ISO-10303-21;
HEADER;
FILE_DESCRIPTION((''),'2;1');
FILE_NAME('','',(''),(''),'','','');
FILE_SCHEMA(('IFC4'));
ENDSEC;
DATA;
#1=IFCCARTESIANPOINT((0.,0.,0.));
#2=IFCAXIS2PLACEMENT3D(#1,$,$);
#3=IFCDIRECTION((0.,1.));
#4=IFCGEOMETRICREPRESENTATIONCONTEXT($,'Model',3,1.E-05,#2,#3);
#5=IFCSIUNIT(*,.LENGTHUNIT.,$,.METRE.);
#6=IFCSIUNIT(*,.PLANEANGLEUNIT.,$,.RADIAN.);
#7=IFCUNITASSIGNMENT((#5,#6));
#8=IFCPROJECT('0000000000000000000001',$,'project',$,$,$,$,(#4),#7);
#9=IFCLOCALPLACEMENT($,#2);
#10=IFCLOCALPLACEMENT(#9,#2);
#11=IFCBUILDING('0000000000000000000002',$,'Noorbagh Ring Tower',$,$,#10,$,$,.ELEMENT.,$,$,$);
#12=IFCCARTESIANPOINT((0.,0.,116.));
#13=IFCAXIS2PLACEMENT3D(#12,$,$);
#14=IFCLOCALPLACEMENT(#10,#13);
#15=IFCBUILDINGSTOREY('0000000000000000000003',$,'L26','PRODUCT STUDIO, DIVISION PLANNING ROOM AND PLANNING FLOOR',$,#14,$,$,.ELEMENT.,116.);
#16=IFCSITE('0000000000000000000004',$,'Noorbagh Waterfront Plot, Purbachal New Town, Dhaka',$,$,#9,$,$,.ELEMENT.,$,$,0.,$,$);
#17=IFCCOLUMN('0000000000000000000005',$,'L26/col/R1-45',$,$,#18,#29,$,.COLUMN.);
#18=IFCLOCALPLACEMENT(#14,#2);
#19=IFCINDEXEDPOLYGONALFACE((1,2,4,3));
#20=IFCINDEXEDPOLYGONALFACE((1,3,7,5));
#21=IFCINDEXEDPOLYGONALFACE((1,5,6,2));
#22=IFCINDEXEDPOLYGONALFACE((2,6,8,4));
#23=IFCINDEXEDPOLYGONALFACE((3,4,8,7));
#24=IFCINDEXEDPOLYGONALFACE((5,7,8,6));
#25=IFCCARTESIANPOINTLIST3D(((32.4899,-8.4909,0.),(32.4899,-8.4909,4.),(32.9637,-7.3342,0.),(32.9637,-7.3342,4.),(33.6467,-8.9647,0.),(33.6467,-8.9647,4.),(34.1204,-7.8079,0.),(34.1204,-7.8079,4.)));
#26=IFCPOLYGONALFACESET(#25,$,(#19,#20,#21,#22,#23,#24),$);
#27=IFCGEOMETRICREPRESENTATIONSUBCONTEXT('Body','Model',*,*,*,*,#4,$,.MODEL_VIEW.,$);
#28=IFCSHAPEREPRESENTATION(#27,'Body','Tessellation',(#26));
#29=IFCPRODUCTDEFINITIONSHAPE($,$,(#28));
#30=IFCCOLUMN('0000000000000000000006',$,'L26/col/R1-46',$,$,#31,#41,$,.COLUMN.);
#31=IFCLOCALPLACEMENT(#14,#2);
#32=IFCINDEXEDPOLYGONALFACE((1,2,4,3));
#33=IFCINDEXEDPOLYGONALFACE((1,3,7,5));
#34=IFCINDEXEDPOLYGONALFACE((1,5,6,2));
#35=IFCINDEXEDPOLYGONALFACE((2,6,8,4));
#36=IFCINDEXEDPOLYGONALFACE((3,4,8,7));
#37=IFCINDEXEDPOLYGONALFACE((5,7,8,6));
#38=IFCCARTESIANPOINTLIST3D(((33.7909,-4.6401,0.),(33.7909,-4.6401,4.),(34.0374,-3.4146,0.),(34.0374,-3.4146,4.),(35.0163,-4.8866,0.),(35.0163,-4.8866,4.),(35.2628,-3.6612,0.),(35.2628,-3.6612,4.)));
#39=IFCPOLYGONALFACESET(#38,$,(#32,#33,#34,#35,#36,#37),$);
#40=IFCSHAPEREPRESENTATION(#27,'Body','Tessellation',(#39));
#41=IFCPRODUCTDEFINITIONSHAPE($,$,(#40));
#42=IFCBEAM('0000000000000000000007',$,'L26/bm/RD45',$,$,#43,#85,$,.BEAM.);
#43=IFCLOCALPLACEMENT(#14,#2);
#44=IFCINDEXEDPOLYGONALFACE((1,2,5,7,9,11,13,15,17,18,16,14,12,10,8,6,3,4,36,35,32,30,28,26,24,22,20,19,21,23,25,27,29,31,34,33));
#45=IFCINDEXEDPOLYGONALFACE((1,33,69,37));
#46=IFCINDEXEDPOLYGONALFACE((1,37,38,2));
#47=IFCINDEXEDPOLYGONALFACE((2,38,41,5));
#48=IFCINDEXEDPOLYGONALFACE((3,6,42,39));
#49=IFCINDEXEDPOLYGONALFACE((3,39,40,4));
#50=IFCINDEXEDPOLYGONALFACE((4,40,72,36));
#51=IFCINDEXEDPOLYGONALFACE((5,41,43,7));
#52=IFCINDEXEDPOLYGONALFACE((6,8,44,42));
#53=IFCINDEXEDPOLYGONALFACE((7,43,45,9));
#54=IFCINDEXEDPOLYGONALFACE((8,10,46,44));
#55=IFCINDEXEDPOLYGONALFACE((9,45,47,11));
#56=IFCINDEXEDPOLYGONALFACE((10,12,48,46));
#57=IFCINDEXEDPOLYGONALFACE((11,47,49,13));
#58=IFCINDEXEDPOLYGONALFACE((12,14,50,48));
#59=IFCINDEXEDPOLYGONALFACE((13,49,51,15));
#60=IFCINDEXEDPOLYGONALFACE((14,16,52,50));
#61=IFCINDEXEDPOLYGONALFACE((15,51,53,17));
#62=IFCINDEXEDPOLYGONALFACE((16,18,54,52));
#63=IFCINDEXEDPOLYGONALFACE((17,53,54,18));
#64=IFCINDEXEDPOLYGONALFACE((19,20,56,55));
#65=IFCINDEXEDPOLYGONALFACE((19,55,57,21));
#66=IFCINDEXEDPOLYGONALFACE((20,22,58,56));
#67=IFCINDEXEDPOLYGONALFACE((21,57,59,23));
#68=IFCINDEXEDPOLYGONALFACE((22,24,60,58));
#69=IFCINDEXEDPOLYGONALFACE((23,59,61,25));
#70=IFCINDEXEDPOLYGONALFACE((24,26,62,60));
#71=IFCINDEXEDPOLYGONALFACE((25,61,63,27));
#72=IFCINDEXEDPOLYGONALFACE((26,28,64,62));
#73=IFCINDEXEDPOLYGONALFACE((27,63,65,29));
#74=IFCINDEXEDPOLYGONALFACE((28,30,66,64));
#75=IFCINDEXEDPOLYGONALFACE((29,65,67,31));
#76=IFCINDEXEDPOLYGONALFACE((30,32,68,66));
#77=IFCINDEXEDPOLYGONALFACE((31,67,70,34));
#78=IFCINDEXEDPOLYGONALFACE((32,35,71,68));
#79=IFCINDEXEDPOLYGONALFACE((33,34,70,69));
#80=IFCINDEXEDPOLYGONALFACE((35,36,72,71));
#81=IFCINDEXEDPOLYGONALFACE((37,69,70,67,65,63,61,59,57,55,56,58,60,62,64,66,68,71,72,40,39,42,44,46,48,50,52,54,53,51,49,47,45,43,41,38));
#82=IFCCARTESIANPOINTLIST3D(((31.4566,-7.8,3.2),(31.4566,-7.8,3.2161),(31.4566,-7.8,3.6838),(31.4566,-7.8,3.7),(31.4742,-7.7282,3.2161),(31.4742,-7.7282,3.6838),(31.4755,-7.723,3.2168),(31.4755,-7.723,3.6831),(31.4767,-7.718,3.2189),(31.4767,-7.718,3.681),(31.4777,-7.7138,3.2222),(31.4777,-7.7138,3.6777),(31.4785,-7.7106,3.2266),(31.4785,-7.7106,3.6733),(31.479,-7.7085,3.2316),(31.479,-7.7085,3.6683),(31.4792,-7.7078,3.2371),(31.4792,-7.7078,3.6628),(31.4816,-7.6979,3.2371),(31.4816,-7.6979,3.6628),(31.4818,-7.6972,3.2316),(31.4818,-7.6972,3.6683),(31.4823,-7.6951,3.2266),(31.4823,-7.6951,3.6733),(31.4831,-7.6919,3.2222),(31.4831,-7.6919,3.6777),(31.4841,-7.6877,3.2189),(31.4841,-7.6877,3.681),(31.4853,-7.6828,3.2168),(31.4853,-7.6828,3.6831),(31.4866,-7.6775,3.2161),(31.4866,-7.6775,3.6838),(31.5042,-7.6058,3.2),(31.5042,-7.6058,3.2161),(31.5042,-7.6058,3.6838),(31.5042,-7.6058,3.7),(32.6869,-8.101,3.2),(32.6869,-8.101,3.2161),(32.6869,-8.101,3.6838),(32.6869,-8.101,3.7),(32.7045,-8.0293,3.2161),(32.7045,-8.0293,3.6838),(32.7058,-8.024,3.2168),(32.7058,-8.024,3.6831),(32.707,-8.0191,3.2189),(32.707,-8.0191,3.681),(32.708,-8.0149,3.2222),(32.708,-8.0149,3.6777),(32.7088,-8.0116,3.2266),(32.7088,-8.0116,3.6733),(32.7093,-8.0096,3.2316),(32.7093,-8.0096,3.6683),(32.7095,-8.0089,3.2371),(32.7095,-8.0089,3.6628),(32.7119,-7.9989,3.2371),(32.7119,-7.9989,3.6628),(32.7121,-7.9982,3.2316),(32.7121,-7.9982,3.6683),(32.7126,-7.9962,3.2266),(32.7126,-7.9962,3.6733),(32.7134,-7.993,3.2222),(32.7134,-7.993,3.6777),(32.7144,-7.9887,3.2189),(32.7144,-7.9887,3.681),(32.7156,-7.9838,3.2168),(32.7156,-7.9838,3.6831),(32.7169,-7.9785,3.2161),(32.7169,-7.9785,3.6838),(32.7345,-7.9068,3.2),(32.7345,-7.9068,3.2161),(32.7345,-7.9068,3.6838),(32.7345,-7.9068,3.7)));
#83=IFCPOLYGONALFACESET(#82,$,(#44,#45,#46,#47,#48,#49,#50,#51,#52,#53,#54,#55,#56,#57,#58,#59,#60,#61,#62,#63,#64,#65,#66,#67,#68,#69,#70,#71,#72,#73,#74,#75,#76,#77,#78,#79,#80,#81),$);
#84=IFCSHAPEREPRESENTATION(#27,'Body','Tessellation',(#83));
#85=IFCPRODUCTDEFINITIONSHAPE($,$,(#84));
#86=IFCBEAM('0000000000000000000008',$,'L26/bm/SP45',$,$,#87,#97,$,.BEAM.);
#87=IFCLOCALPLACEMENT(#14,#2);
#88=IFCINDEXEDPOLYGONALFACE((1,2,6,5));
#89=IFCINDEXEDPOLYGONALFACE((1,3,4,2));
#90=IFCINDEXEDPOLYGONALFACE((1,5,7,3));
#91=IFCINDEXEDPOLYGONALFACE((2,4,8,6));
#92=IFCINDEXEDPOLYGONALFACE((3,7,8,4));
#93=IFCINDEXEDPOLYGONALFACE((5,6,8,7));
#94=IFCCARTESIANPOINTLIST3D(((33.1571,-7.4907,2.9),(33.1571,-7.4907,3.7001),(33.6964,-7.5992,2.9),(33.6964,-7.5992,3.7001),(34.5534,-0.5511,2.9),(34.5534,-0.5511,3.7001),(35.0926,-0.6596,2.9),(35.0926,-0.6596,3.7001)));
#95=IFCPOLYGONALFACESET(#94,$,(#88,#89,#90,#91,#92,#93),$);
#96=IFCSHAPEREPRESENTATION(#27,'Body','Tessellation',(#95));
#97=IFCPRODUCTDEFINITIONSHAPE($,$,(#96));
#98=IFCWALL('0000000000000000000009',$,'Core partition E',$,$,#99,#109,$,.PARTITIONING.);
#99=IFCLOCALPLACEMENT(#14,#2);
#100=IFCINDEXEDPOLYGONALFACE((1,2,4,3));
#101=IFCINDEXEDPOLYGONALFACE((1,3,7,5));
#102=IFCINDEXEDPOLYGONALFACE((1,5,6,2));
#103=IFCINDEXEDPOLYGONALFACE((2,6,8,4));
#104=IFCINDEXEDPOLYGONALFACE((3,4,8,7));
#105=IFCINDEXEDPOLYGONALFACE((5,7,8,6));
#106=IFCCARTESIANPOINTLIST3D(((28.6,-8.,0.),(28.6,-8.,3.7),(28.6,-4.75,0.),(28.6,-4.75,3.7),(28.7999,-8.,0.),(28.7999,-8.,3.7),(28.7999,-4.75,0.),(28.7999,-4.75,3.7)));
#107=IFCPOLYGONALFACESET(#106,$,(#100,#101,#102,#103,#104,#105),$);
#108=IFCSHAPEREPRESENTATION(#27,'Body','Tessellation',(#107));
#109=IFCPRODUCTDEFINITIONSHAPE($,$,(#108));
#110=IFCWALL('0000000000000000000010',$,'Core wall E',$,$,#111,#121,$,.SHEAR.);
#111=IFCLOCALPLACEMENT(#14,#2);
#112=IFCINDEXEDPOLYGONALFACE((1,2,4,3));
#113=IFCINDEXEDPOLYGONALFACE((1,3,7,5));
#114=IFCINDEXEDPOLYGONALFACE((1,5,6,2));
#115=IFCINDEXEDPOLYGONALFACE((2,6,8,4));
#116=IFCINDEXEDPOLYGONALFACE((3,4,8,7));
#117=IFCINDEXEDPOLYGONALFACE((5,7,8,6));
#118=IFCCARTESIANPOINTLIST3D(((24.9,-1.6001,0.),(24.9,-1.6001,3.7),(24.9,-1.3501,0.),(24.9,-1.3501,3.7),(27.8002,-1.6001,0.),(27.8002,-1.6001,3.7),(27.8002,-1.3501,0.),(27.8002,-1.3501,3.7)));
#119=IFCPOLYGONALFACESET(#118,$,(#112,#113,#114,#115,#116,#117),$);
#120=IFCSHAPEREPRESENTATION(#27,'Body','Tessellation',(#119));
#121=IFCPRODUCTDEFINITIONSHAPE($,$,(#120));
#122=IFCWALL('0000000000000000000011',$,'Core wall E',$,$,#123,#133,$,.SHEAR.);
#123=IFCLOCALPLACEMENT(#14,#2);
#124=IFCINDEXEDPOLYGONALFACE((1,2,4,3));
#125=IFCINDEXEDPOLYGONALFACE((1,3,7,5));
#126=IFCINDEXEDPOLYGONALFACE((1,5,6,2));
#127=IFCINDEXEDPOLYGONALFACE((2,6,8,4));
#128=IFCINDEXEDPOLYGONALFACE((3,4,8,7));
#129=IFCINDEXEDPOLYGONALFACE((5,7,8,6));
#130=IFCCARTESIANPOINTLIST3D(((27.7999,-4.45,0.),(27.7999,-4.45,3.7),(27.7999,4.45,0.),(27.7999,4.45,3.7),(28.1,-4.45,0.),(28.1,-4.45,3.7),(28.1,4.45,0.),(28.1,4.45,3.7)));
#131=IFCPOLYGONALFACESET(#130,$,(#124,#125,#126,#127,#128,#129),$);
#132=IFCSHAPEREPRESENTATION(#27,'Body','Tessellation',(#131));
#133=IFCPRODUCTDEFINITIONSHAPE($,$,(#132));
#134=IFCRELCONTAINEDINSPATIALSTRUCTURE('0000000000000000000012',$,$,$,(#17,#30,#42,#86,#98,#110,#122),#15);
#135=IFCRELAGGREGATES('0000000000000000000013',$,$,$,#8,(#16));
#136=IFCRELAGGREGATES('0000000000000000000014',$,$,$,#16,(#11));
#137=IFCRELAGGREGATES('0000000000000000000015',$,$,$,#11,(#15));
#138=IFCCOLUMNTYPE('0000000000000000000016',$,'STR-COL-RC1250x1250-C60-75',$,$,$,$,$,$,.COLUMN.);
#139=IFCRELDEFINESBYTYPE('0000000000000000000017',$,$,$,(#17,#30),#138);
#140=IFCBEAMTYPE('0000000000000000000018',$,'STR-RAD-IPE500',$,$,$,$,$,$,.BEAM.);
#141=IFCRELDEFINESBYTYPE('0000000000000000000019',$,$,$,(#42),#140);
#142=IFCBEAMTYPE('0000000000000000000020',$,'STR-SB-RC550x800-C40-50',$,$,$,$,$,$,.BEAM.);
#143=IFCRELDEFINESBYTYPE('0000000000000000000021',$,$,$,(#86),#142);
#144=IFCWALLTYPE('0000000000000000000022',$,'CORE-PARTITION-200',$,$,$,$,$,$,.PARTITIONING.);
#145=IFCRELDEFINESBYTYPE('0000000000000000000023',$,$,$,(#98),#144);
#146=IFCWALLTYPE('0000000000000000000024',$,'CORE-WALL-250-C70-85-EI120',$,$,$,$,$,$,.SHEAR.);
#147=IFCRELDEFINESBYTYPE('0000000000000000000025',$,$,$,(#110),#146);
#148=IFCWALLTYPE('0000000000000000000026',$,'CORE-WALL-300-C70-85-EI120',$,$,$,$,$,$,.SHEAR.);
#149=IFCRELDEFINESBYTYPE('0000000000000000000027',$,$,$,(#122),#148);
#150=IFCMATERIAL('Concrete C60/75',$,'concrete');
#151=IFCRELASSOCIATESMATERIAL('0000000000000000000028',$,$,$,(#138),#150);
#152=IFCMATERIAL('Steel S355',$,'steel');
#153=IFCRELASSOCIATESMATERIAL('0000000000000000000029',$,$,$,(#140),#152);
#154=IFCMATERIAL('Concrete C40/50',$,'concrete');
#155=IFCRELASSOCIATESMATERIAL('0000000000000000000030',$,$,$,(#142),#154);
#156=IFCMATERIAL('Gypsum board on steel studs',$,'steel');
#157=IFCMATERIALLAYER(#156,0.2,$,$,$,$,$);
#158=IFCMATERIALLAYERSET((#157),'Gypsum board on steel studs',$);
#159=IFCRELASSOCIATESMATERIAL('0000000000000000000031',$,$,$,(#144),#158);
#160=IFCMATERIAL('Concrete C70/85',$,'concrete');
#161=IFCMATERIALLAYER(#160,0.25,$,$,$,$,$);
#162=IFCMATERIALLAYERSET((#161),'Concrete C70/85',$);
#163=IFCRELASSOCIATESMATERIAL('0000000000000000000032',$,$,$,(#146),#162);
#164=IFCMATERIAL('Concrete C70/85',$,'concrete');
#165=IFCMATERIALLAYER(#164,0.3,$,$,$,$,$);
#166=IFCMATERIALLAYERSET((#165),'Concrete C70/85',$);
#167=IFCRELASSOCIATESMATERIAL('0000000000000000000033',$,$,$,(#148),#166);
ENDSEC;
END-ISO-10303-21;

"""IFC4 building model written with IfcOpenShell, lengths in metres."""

from ifc_helpers import new_model, si_unit, direction, frame, frame_2d, origin, origin_2d, place, context, subcontext, project, spatial, rectangle, i_section, extrude, material, layer, layer_set, material_profile, profile_set, type_object, element, save


model = new_model("IFC4")

# Units and contexts
model_context = context("Model", 3, precision=1e-05, world=origin(), true_north=direction((0.0, 1.0)))
body_context = subcontext(model_context, "Body", "Model", "MODEL_VIEW")
ifc_project = project(units=[si_unit("LENGTHUNIT", "METRE"), si_unit("PLANEANGLEUNIT", "RADIAN")], contexts=[model_context])

# Site, building, storey
site_placement = place(None, origin())
site = spatial("IfcSite", under=ifc_project, at=site_placement, Name="Noorbagh Waterfront Plot, Purbachal New Town, Dhaka", CompositionType="ELEMENT", RefElevation=0.0)
building_placement = place(site_placement, origin())
building = spatial("IfcBuilding", under=site, at=building_placement, Name="Noorbagh Ring Tower", CompositionType="ELEMENT")
storey_placement = place(building_placement, frame((0.0, 0.0, 116.0)))
storey = spatial("IfcBuildingStorey", under=building, at=storey_placement, Name="L26", Description="PRODUCT STUDIO, DIVISION PLANNING ROOM AND PLANNING FLOOR", CompositionType="ELEMENT", Elevation=116.0)

# Columns
ifc_material_1 = material(Name="Concrete C60/75", Category="concrete")
ifc_material_profile_1 = material_profile(ifc_material_1, rectangle(XDim=1.25, YDim=1.25, at=origin_2d()), Name="RC1250x1250")
ifc_profile_set_1 = profile_set([ifc_material_profile_1], Name="Concrete C60/75")
column_type = type_object("IfcColumnType", Name="STR-COL-RC1250x1250-C60-75", PredefinedType="COLUMN", material=ifc_profile_set_1)
for number, where, z_axis, x_axis, name in (
    (1, (33.3052, -8.1494, 0.0), (0.0, 0.0, 1.0), (0.378989, 0.925401, 0.0), "L26/col/R1-45"),
    (2, (34.5269, -4.1506, 0.0), (0.0, 0.0, 1.0), (0.19723, 0.980357, 0.0), "L26/col/R1-46"),
):
    element("IfcColumn", number, at=place(storey_placement, frame(where, z_axis=z_axis, x_axis=x_axis)), inside=storey, type_object=column_type, Name=name, PredefinedType="COLUMN", context=body_context, shape_type="SweptSolid", body=[
        extrude(rectangle(XDim=1.25, YDim=1.25, at=origin_2d()), origin(), (0.0, 0.0, 1.0), 4.0),
    ])

# Beams
ifc_material_2 = material(Name="Steel S355", Category="steel")
ifc_material_profile_2 = material_profile(ifc_material_2, i_section(OverallWidth=0.2, OverallDepth=0.5, WebThickness=0.0103, FlangeThickness=0.0161, FilletRadius=0.021, at=origin_2d()), Name="IPE500")
ifc_profile_set_2 = profile_set([ifc_material_profile_2], Name="Steel S355")
beam_type_1 = type_object("IfcBeamType", Name="STR-RAD-IPE500", PredefinedType="BEAM", material=ifc_profile_set_2)
beam_1_placement = place(storey_placement, frame((32.7107, -8.0039, 3.45), z_axis=(-0.971344, 0.237679, 0.0), x_axis=(-0.237679, -0.971344, 0.0)))
element("IfcBeam", 3, at=beam_1_placement, inside=storey, type_object=beam_type_1, Name="L26/bm/RD45", PredefinedType="BEAM", context=body_context, shape_type="SweptSolid", body=[
    extrude(i_section(OverallWidth=0.2, OverallDepth=0.5, WebThickness=0.0103, FlangeThickness=0.0161, FilletRadius=0.021, at=origin_2d()), origin(), (0.0, 0.0, 1.0), 1.2666),
])
ifc_material_3 = material(Name="Concrete C40/50", Category="concrete")
ifc_material_profile_3 = material_profile(ifc_material_3, rectangle(XDim=0.55, YDim=0.8, at=origin_2d()), Name="RC550x800")
ifc_profile_set_3 = profile_set([ifc_material_profile_3], Name="Concrete C40/50")
beam_type_2 = type_object("IfcBeamType", Name="STR-SB-RC550x800-C40-50", PredefinedType="BEAM", material=ifc_profile_set_3)
beam_2_placement = place(storey_placement, frame((33.4268, -7.5449, 3.3), z_axis=(0.19725, 0.980353, 0.0), x_axis=(-0.980353, 0.19725, 0.0)))
element("IfcBeam", 4, at=beam_2_placement, inside=storey, type_object=beam_type_2, Name="L26/bm/SP45", PredefinedType="BEAM", context=body_context, shape_type="SweptSolid", body=[
    extrude(rectangle(XDim=0.55, YDim=0.8, at=origin_2d()), origin(), (0.0, 0.0, 1.0), 7.0786),
])

# Walls
ifc_material_4 = material(Name="Gypsum board on steel studs", Category="steel")
ifc_layer_1 = layer(ifc_material_4, 0.2)
ifc_layer_set_1 = layer_set([ifc_layer_1], Name="Gypsum board on steel studs")
wall_type_1 = type_object("IfcWallType", Name="CORE-PARTITION-200", PredefinedType="PARTITIONING", material=ifc_layer_set_1)
wall_1_placement = place(storey_placement, frame((28.7, -8.0, 0.0), z_axis=(0.0, 0.0, 1.0), x_axis=(0.0, 1.0, 0.0)))
element("IfcWall", 5, at=wall_1_placement, inside=storey, type_object=wall_type_1, Name="Core partition E", PredefinedType="PARTITIONING", context=body_context, shape_type="SweptSolid", body=[
    extrude(rectangle(XDim=3.25, YDim=0.2, at=frame_2d((1.625, 0.0))), origin(), (0.0, 0.0, 1.0), 3.7),
])
ifc_material_5 = material(Name="Concrete C70/85", Category="concrete")
ifc_layer_2 = layer(ifc_material_5, 0.25)
ifc_layer_set_2 = layer_set([ifc_layer_2], Name="Concrete C70/85")
wall_type_2 = type_object("IfcWallType", Name="CORE-WALL-250-C70-85-EI120", PredefinedType="SHEAR", material=ifc_layer_set_2)
wall_2_placement = place(storey_placement, frame((24.8999, -1.4751, 0.0), z_axis=(0.0, 0.0, 1.0), x_axis=(1.0, 0.0, 0.0)))
element("IfcWall", 6, at=wall_2_placement, inside=storey, type_object=wall_type_2, Name="Core wall E", PredefinedType="SHEAR", context=body_context, shape_type="SweptSolid", body=[
    extrude(rectangle(XDim=2.9001, YDim=0.25, at=frame_2d((1.4502, 0.0))), origin(), (0.0, 0.0, 1.0), 3.7),
])
ifc_material_6 = material(Name="Concrete C70/85", Category="concrete")
ifc_layer_3 = layer(ifc_material_6, 0.3)
ifc_layer_set_3 = layer_set([ifc_layer_3], Name="Concrete C70/85")
wall_type_3 = type_object("IfcWallType", Name="CORE-WALL-300-C70-85-EI120", PredefinedType="SHEAR", material=ifc_layer_set_3)
wall_3_placement = place(storey_placement, frame((27.95, -4.45, 0.0), z_axis=(0.0, 0.0, 1.0), x_axis=(0.0, 1.0, 0.0)))
element("IfcWall", 7, at=wall_3_placement, inside=storey, type_object=wall_type_3, Name="Core wall E", PredefinedType="SHEAR", context=body_context, shape_type="SweptSolid", body=[
    extrude(rectangle(XDim=8.8999, YDim=0.3, at=frame_2d((4.45, 0.0))), origin(), (0.0, 0.0, 1.0), 3.7),
])

save(model, "model.ifc")
